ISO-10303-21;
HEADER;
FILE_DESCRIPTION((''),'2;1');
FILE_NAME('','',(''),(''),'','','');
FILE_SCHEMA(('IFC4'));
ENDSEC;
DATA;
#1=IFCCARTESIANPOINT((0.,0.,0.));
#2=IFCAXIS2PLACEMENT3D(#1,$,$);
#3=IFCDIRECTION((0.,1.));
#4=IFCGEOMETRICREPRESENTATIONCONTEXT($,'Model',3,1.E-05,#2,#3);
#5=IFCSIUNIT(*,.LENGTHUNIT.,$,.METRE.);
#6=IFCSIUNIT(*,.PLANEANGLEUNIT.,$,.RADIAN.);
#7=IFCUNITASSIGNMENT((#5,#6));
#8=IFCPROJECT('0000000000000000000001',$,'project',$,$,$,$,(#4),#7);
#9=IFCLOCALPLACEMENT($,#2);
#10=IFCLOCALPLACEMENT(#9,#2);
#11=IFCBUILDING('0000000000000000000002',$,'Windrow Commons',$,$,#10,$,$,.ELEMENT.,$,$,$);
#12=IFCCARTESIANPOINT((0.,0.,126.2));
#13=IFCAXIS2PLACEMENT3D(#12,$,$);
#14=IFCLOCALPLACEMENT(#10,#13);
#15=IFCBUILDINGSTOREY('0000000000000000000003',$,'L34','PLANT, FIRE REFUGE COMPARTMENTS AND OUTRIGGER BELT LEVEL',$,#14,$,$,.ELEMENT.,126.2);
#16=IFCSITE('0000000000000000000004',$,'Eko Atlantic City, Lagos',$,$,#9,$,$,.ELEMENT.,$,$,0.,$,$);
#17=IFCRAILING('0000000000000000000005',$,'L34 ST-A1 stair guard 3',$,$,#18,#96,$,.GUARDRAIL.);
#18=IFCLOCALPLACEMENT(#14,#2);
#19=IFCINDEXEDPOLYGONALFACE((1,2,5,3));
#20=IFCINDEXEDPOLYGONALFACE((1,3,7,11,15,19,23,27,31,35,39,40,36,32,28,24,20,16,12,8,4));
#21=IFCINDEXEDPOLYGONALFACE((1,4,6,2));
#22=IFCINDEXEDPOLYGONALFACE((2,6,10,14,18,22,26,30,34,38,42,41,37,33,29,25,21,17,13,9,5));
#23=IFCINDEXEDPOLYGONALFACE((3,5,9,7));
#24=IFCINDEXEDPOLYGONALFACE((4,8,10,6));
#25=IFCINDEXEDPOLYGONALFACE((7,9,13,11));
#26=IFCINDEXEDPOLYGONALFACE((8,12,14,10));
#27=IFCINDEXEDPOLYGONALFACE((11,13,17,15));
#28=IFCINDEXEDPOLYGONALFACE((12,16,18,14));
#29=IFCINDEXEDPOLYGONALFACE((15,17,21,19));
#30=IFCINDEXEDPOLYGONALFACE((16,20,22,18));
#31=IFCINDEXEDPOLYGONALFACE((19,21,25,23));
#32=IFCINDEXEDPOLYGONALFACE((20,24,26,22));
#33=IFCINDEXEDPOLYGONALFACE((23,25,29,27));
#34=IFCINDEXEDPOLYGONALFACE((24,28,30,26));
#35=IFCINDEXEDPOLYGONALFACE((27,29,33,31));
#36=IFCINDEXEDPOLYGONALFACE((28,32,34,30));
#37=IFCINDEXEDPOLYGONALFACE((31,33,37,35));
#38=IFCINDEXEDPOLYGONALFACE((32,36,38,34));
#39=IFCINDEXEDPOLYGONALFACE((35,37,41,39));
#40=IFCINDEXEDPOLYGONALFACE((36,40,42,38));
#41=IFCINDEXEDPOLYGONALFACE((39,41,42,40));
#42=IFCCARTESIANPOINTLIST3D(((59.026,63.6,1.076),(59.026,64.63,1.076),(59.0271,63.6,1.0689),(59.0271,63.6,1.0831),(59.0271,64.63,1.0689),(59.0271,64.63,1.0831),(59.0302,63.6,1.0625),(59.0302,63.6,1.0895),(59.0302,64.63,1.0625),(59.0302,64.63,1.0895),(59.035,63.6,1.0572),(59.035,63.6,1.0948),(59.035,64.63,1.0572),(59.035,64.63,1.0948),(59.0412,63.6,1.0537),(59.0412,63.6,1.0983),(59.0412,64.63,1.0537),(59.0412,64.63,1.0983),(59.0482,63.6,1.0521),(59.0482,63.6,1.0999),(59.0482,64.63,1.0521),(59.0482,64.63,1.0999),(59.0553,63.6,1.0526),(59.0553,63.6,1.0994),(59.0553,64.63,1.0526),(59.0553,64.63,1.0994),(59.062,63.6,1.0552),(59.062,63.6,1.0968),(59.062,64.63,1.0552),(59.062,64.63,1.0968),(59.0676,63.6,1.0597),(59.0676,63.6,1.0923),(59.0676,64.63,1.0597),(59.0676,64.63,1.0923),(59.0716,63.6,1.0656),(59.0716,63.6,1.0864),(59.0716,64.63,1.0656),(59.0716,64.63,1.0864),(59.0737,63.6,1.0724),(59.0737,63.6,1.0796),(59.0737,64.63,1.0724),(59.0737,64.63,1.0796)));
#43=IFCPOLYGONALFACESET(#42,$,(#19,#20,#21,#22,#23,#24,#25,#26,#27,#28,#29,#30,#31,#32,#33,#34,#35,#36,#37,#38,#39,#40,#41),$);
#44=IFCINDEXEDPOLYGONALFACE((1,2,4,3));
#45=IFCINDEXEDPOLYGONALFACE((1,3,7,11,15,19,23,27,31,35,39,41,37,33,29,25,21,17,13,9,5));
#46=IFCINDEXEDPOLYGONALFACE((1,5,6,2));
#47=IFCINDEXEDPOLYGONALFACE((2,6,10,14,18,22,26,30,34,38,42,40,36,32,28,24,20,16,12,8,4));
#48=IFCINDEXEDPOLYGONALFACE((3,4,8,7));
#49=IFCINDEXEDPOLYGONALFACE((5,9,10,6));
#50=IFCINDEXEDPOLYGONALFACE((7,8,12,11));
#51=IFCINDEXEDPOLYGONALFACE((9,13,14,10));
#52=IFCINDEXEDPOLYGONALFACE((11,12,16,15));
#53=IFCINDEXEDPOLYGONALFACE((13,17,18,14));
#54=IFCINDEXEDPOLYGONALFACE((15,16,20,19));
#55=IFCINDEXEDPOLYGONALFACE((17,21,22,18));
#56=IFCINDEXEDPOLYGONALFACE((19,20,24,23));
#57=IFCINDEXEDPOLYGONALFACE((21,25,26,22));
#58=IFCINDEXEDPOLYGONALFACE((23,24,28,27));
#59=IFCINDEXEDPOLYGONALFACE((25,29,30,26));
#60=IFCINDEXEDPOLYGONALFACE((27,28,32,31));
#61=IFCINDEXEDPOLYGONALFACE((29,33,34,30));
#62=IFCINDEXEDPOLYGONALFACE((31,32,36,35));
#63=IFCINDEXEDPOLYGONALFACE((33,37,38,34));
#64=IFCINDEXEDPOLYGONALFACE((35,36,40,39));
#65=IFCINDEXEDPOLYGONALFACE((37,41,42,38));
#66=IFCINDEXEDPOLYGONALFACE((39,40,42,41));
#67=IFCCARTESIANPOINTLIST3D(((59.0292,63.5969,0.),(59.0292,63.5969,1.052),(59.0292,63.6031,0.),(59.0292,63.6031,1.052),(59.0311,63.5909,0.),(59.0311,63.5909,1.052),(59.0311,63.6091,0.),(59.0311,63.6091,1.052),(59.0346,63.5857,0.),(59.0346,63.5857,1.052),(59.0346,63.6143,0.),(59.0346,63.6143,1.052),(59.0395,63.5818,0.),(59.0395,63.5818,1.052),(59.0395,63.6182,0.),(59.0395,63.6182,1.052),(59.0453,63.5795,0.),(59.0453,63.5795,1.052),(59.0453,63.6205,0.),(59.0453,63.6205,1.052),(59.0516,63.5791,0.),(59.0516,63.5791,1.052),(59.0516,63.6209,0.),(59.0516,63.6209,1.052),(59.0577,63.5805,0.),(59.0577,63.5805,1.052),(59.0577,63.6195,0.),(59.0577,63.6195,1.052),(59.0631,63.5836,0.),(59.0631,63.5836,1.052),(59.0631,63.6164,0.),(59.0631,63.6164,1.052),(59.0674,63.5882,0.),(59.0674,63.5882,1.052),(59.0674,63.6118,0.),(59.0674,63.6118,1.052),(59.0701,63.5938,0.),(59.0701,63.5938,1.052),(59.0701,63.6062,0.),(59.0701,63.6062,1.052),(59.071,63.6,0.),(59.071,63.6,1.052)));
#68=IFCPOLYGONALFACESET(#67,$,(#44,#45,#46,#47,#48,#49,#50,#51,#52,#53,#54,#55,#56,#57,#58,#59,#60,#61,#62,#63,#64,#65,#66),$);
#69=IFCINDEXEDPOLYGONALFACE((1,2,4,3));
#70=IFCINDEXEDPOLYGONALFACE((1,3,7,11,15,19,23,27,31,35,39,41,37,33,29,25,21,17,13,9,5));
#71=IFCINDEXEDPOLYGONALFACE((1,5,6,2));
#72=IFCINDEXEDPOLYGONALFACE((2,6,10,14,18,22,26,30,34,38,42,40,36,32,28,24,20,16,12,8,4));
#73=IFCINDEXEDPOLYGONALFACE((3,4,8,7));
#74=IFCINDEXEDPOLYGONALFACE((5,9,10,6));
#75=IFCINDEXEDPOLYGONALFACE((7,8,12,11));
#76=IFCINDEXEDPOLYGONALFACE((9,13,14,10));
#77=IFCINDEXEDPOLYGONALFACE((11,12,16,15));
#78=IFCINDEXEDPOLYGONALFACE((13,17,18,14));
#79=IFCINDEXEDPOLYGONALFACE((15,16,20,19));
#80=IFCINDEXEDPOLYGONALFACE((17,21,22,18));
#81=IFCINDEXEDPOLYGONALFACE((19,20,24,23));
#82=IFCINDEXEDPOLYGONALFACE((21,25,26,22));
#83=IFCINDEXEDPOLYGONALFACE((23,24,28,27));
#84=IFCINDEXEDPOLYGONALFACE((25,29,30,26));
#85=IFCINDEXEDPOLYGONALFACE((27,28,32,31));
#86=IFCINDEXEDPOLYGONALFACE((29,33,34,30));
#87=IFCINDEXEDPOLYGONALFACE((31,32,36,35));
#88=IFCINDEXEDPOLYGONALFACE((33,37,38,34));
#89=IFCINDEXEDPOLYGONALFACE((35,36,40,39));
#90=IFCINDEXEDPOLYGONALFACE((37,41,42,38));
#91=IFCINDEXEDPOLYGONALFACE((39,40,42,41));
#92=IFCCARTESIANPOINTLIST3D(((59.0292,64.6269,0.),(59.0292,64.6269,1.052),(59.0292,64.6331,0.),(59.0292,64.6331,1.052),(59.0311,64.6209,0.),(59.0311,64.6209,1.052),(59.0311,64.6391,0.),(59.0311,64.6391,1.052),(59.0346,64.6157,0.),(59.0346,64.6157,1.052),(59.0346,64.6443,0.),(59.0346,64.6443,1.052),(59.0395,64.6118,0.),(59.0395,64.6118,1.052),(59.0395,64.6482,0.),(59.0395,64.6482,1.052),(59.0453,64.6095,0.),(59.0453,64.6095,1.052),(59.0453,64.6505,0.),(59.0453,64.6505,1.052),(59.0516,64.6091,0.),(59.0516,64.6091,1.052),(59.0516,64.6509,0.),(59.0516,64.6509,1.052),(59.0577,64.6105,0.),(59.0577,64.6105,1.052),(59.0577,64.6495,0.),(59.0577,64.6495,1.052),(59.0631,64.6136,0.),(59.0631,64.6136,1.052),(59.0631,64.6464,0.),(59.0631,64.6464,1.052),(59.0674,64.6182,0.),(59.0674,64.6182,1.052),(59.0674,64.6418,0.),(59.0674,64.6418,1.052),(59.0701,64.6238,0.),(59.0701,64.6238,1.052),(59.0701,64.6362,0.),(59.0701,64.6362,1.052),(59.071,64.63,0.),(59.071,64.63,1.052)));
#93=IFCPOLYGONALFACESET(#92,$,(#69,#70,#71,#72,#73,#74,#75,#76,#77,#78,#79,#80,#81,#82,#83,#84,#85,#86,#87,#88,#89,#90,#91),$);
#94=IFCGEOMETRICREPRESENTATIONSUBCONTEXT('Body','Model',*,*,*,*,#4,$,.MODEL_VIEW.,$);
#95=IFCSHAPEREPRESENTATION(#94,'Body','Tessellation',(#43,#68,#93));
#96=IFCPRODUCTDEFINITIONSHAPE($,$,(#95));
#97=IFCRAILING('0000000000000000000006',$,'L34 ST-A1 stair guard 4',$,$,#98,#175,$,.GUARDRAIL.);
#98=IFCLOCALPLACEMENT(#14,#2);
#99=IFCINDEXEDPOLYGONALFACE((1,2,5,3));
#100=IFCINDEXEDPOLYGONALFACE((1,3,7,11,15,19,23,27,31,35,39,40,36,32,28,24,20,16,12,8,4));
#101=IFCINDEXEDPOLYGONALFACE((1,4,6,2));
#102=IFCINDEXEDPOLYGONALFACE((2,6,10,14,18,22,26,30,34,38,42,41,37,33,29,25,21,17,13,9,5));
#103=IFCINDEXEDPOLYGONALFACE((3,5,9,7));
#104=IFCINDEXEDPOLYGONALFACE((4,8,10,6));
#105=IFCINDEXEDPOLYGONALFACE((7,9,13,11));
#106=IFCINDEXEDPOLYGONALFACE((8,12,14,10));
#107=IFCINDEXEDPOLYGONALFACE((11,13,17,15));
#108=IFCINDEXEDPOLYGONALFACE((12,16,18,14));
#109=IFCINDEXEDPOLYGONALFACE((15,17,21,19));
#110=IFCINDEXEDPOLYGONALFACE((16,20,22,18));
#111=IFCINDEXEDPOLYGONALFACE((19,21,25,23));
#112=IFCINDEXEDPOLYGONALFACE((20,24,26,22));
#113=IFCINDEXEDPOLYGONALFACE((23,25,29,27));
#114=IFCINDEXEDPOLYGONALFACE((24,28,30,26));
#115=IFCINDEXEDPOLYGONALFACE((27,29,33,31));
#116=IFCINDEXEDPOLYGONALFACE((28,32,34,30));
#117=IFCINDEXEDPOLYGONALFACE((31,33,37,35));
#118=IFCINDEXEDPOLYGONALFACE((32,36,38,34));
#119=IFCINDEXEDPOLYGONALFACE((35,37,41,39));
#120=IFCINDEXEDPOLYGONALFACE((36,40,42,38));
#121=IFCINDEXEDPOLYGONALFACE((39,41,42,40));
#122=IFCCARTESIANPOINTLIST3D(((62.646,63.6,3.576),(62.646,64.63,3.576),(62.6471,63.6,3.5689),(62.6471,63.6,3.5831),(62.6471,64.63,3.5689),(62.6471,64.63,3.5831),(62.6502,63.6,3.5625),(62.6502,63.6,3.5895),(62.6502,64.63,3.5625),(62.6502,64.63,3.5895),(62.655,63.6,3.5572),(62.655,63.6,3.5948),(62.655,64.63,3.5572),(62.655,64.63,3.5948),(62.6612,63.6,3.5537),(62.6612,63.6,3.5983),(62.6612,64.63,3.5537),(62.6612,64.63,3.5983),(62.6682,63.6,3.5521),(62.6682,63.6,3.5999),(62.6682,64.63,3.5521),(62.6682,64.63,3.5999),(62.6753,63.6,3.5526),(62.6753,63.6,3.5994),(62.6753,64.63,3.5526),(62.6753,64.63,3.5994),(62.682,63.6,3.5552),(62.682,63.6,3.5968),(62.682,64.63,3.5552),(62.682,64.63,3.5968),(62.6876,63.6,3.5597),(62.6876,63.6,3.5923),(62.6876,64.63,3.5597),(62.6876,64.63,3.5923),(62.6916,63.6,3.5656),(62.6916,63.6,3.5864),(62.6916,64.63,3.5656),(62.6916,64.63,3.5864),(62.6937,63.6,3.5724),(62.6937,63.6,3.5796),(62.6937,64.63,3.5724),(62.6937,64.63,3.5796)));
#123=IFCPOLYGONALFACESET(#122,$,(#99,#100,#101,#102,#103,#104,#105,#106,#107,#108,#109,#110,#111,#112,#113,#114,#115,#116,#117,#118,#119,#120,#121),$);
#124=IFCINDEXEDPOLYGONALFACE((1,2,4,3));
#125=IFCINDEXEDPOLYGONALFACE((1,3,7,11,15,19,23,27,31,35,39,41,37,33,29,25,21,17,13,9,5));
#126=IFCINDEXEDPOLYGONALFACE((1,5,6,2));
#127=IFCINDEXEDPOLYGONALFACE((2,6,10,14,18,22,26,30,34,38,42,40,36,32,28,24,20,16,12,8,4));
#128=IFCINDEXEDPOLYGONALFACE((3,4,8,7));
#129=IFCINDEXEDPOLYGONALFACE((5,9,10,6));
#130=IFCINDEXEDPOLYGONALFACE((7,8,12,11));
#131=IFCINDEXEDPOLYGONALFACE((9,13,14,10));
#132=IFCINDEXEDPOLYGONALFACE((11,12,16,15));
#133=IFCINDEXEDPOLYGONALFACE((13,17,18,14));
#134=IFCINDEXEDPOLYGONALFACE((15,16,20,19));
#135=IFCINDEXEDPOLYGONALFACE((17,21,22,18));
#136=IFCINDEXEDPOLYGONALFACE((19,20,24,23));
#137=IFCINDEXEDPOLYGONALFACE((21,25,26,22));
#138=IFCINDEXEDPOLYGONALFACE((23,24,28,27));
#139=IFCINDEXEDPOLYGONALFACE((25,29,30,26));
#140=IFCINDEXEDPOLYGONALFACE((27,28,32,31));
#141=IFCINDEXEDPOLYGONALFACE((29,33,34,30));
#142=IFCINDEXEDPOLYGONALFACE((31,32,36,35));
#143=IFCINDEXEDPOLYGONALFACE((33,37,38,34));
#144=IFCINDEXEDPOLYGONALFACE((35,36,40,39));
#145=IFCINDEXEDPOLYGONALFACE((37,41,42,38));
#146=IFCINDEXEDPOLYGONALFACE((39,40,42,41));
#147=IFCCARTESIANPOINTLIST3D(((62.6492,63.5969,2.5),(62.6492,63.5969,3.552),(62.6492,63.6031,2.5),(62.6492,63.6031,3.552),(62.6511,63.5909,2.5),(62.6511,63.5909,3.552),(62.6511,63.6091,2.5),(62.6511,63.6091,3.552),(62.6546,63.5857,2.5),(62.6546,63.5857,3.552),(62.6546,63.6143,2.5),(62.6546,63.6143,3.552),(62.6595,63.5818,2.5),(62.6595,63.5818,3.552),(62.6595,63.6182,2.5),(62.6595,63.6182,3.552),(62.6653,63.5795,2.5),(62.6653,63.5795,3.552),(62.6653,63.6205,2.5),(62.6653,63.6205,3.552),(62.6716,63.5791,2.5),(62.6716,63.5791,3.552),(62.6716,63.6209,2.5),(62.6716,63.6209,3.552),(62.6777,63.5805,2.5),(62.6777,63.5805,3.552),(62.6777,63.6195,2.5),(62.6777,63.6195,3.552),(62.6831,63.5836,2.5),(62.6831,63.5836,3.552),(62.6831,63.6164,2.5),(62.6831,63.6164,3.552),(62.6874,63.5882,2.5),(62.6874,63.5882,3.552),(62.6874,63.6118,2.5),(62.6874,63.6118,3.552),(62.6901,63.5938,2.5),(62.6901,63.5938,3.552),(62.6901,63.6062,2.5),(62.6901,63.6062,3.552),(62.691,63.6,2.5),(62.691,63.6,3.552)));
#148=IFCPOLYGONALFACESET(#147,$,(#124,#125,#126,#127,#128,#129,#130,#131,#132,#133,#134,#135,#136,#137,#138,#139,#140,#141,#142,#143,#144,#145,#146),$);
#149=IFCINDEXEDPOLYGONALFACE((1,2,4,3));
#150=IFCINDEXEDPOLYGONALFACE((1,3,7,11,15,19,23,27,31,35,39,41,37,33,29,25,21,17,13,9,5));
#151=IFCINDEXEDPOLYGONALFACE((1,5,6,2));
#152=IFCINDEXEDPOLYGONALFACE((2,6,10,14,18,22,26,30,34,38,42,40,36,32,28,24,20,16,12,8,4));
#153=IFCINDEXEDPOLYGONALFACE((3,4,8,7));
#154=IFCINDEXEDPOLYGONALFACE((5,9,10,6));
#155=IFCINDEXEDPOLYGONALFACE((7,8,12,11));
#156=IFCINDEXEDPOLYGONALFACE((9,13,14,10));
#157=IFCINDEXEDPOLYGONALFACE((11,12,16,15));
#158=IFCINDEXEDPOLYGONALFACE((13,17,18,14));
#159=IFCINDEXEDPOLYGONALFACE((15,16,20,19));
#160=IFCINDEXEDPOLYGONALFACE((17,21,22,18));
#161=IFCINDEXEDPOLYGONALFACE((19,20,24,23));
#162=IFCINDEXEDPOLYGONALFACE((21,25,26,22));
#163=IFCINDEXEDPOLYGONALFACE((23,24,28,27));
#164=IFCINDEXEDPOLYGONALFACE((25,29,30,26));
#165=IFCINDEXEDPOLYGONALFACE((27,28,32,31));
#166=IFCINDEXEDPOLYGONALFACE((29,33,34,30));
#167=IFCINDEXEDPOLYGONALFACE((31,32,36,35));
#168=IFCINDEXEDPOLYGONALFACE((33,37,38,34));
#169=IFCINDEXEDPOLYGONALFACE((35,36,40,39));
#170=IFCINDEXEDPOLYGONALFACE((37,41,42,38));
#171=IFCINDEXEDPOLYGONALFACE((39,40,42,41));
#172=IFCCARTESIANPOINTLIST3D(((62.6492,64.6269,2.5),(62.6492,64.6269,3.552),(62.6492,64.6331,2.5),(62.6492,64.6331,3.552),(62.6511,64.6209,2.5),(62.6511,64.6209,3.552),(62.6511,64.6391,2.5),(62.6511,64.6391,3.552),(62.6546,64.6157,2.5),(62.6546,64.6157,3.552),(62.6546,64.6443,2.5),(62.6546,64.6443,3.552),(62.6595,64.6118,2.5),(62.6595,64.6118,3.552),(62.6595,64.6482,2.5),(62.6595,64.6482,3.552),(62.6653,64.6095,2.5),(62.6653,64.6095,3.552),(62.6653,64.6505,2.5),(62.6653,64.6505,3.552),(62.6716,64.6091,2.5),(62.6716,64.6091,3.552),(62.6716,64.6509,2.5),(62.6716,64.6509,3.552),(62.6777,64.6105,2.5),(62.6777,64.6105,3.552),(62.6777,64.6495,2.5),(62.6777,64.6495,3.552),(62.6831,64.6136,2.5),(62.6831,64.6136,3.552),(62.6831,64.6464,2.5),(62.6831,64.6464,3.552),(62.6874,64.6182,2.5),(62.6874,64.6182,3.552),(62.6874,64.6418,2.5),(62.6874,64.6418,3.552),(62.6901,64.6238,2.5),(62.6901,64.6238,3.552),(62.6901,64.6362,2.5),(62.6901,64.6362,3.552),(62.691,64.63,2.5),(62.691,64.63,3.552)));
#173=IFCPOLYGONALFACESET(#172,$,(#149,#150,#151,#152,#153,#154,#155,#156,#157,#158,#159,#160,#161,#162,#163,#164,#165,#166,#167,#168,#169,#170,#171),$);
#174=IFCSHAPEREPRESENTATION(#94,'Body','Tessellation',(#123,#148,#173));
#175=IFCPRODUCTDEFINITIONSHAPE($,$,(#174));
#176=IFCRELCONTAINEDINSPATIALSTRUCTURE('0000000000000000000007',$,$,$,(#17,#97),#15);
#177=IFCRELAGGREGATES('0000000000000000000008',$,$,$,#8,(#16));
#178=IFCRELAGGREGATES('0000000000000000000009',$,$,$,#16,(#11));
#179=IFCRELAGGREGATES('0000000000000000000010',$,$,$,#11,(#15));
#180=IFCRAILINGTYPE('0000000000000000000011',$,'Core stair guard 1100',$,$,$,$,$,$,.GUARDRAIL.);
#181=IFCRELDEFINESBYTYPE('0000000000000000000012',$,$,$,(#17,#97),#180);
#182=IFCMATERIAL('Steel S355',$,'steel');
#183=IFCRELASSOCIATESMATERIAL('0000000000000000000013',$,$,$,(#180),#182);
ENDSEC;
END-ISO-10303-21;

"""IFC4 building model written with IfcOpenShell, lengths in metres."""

from ifc_helpers import new_model, si_unit, direction, frame, origin, origin_2d, place, context, subcontext, project, spatial, circle, extrude, material, type_object, element, save


model = new_model("IFC4")

# Units and contexts
model_context = context("Model", 3, precision=1e-05, world=origin(), true_north=direction((0.0, 1.0)))
body_context = subcontext(model_context, "Body", "Model", "MODEL_VIEW")
ifc_project = project(units=[si_unit("LENGTHUNIT", "METRE"), si_unit("PLANEANGLEUNIT", "RADIAN")], contexts=[model_context])

# Site, building, storey
site_placement = place(None, origin())
site = spatial("IfcSite", under=ifc_project, at=site_placement, Name="Eko Atlantic City, Lagos", CompositionType="ELEMENT", RefElevation=0.0)
building_placement = place(site_placement, origin())
building = spatial("IfcBuilding", under=site, at=building_placement, Name="Windrow Commons", CompositionType="ELEMENT")
storey_placement = place(building_placement, frame((0.0, 0.0, 126.2)))
storey = spatial("IfcBuildingStorey", under=building, at=storey_placement, Name="L34", Description="PLANT, FIRE REFUGE COMPARTMENTS AND OUTRIGGER BELT LEVEL", CompositionType="ELEMENT", Elevation=126.2)

# Railings
ifc_material_1 = material(Name="Steel S355", Category="steel")
railing_type_1 = type_object("IfcRailingType", Name="Core stair guard 1100", PredefinedType="GUARDRAIL", material=ifc_material_1)
for number, where, name in (
    (1, (59.05, 63.6, 0.0), "L34 ST-A1 stair guard 3"),
    (2, (62.67, 63.6, 2.5), "L34 ST-A1 stair guard 4"),
):
    element("IfcRailing", number, at=place(storey_placement, frame(where)), inside=storey, type_object=railing_type_1, Name=name, PredefinedType="GUARDRAIL", context=body_context, shape_type="SweptSolid", body=[
        extrude(circle(Radius=0.024, at=origin_2d()), frame((0.0, 0.0, 1.076), z_axis=(0.0, 1.0, 0.0), x_axis=(-1.0, 0.0, 0.0)), (0.0, 0.0, 1.0), 1.03),
        extrude(circle(Radius=0.021, at=origin_2d()), origin(), (0.0, 0.0, 1.0), 1.052),
        extrude(circle(Radius=0.021, at=origin_2d()), frame((0.0, 1.03, 0.0)), (0.0, 0.0, 1.0), 1.052),
    ])

save(model, "model.ifc")
